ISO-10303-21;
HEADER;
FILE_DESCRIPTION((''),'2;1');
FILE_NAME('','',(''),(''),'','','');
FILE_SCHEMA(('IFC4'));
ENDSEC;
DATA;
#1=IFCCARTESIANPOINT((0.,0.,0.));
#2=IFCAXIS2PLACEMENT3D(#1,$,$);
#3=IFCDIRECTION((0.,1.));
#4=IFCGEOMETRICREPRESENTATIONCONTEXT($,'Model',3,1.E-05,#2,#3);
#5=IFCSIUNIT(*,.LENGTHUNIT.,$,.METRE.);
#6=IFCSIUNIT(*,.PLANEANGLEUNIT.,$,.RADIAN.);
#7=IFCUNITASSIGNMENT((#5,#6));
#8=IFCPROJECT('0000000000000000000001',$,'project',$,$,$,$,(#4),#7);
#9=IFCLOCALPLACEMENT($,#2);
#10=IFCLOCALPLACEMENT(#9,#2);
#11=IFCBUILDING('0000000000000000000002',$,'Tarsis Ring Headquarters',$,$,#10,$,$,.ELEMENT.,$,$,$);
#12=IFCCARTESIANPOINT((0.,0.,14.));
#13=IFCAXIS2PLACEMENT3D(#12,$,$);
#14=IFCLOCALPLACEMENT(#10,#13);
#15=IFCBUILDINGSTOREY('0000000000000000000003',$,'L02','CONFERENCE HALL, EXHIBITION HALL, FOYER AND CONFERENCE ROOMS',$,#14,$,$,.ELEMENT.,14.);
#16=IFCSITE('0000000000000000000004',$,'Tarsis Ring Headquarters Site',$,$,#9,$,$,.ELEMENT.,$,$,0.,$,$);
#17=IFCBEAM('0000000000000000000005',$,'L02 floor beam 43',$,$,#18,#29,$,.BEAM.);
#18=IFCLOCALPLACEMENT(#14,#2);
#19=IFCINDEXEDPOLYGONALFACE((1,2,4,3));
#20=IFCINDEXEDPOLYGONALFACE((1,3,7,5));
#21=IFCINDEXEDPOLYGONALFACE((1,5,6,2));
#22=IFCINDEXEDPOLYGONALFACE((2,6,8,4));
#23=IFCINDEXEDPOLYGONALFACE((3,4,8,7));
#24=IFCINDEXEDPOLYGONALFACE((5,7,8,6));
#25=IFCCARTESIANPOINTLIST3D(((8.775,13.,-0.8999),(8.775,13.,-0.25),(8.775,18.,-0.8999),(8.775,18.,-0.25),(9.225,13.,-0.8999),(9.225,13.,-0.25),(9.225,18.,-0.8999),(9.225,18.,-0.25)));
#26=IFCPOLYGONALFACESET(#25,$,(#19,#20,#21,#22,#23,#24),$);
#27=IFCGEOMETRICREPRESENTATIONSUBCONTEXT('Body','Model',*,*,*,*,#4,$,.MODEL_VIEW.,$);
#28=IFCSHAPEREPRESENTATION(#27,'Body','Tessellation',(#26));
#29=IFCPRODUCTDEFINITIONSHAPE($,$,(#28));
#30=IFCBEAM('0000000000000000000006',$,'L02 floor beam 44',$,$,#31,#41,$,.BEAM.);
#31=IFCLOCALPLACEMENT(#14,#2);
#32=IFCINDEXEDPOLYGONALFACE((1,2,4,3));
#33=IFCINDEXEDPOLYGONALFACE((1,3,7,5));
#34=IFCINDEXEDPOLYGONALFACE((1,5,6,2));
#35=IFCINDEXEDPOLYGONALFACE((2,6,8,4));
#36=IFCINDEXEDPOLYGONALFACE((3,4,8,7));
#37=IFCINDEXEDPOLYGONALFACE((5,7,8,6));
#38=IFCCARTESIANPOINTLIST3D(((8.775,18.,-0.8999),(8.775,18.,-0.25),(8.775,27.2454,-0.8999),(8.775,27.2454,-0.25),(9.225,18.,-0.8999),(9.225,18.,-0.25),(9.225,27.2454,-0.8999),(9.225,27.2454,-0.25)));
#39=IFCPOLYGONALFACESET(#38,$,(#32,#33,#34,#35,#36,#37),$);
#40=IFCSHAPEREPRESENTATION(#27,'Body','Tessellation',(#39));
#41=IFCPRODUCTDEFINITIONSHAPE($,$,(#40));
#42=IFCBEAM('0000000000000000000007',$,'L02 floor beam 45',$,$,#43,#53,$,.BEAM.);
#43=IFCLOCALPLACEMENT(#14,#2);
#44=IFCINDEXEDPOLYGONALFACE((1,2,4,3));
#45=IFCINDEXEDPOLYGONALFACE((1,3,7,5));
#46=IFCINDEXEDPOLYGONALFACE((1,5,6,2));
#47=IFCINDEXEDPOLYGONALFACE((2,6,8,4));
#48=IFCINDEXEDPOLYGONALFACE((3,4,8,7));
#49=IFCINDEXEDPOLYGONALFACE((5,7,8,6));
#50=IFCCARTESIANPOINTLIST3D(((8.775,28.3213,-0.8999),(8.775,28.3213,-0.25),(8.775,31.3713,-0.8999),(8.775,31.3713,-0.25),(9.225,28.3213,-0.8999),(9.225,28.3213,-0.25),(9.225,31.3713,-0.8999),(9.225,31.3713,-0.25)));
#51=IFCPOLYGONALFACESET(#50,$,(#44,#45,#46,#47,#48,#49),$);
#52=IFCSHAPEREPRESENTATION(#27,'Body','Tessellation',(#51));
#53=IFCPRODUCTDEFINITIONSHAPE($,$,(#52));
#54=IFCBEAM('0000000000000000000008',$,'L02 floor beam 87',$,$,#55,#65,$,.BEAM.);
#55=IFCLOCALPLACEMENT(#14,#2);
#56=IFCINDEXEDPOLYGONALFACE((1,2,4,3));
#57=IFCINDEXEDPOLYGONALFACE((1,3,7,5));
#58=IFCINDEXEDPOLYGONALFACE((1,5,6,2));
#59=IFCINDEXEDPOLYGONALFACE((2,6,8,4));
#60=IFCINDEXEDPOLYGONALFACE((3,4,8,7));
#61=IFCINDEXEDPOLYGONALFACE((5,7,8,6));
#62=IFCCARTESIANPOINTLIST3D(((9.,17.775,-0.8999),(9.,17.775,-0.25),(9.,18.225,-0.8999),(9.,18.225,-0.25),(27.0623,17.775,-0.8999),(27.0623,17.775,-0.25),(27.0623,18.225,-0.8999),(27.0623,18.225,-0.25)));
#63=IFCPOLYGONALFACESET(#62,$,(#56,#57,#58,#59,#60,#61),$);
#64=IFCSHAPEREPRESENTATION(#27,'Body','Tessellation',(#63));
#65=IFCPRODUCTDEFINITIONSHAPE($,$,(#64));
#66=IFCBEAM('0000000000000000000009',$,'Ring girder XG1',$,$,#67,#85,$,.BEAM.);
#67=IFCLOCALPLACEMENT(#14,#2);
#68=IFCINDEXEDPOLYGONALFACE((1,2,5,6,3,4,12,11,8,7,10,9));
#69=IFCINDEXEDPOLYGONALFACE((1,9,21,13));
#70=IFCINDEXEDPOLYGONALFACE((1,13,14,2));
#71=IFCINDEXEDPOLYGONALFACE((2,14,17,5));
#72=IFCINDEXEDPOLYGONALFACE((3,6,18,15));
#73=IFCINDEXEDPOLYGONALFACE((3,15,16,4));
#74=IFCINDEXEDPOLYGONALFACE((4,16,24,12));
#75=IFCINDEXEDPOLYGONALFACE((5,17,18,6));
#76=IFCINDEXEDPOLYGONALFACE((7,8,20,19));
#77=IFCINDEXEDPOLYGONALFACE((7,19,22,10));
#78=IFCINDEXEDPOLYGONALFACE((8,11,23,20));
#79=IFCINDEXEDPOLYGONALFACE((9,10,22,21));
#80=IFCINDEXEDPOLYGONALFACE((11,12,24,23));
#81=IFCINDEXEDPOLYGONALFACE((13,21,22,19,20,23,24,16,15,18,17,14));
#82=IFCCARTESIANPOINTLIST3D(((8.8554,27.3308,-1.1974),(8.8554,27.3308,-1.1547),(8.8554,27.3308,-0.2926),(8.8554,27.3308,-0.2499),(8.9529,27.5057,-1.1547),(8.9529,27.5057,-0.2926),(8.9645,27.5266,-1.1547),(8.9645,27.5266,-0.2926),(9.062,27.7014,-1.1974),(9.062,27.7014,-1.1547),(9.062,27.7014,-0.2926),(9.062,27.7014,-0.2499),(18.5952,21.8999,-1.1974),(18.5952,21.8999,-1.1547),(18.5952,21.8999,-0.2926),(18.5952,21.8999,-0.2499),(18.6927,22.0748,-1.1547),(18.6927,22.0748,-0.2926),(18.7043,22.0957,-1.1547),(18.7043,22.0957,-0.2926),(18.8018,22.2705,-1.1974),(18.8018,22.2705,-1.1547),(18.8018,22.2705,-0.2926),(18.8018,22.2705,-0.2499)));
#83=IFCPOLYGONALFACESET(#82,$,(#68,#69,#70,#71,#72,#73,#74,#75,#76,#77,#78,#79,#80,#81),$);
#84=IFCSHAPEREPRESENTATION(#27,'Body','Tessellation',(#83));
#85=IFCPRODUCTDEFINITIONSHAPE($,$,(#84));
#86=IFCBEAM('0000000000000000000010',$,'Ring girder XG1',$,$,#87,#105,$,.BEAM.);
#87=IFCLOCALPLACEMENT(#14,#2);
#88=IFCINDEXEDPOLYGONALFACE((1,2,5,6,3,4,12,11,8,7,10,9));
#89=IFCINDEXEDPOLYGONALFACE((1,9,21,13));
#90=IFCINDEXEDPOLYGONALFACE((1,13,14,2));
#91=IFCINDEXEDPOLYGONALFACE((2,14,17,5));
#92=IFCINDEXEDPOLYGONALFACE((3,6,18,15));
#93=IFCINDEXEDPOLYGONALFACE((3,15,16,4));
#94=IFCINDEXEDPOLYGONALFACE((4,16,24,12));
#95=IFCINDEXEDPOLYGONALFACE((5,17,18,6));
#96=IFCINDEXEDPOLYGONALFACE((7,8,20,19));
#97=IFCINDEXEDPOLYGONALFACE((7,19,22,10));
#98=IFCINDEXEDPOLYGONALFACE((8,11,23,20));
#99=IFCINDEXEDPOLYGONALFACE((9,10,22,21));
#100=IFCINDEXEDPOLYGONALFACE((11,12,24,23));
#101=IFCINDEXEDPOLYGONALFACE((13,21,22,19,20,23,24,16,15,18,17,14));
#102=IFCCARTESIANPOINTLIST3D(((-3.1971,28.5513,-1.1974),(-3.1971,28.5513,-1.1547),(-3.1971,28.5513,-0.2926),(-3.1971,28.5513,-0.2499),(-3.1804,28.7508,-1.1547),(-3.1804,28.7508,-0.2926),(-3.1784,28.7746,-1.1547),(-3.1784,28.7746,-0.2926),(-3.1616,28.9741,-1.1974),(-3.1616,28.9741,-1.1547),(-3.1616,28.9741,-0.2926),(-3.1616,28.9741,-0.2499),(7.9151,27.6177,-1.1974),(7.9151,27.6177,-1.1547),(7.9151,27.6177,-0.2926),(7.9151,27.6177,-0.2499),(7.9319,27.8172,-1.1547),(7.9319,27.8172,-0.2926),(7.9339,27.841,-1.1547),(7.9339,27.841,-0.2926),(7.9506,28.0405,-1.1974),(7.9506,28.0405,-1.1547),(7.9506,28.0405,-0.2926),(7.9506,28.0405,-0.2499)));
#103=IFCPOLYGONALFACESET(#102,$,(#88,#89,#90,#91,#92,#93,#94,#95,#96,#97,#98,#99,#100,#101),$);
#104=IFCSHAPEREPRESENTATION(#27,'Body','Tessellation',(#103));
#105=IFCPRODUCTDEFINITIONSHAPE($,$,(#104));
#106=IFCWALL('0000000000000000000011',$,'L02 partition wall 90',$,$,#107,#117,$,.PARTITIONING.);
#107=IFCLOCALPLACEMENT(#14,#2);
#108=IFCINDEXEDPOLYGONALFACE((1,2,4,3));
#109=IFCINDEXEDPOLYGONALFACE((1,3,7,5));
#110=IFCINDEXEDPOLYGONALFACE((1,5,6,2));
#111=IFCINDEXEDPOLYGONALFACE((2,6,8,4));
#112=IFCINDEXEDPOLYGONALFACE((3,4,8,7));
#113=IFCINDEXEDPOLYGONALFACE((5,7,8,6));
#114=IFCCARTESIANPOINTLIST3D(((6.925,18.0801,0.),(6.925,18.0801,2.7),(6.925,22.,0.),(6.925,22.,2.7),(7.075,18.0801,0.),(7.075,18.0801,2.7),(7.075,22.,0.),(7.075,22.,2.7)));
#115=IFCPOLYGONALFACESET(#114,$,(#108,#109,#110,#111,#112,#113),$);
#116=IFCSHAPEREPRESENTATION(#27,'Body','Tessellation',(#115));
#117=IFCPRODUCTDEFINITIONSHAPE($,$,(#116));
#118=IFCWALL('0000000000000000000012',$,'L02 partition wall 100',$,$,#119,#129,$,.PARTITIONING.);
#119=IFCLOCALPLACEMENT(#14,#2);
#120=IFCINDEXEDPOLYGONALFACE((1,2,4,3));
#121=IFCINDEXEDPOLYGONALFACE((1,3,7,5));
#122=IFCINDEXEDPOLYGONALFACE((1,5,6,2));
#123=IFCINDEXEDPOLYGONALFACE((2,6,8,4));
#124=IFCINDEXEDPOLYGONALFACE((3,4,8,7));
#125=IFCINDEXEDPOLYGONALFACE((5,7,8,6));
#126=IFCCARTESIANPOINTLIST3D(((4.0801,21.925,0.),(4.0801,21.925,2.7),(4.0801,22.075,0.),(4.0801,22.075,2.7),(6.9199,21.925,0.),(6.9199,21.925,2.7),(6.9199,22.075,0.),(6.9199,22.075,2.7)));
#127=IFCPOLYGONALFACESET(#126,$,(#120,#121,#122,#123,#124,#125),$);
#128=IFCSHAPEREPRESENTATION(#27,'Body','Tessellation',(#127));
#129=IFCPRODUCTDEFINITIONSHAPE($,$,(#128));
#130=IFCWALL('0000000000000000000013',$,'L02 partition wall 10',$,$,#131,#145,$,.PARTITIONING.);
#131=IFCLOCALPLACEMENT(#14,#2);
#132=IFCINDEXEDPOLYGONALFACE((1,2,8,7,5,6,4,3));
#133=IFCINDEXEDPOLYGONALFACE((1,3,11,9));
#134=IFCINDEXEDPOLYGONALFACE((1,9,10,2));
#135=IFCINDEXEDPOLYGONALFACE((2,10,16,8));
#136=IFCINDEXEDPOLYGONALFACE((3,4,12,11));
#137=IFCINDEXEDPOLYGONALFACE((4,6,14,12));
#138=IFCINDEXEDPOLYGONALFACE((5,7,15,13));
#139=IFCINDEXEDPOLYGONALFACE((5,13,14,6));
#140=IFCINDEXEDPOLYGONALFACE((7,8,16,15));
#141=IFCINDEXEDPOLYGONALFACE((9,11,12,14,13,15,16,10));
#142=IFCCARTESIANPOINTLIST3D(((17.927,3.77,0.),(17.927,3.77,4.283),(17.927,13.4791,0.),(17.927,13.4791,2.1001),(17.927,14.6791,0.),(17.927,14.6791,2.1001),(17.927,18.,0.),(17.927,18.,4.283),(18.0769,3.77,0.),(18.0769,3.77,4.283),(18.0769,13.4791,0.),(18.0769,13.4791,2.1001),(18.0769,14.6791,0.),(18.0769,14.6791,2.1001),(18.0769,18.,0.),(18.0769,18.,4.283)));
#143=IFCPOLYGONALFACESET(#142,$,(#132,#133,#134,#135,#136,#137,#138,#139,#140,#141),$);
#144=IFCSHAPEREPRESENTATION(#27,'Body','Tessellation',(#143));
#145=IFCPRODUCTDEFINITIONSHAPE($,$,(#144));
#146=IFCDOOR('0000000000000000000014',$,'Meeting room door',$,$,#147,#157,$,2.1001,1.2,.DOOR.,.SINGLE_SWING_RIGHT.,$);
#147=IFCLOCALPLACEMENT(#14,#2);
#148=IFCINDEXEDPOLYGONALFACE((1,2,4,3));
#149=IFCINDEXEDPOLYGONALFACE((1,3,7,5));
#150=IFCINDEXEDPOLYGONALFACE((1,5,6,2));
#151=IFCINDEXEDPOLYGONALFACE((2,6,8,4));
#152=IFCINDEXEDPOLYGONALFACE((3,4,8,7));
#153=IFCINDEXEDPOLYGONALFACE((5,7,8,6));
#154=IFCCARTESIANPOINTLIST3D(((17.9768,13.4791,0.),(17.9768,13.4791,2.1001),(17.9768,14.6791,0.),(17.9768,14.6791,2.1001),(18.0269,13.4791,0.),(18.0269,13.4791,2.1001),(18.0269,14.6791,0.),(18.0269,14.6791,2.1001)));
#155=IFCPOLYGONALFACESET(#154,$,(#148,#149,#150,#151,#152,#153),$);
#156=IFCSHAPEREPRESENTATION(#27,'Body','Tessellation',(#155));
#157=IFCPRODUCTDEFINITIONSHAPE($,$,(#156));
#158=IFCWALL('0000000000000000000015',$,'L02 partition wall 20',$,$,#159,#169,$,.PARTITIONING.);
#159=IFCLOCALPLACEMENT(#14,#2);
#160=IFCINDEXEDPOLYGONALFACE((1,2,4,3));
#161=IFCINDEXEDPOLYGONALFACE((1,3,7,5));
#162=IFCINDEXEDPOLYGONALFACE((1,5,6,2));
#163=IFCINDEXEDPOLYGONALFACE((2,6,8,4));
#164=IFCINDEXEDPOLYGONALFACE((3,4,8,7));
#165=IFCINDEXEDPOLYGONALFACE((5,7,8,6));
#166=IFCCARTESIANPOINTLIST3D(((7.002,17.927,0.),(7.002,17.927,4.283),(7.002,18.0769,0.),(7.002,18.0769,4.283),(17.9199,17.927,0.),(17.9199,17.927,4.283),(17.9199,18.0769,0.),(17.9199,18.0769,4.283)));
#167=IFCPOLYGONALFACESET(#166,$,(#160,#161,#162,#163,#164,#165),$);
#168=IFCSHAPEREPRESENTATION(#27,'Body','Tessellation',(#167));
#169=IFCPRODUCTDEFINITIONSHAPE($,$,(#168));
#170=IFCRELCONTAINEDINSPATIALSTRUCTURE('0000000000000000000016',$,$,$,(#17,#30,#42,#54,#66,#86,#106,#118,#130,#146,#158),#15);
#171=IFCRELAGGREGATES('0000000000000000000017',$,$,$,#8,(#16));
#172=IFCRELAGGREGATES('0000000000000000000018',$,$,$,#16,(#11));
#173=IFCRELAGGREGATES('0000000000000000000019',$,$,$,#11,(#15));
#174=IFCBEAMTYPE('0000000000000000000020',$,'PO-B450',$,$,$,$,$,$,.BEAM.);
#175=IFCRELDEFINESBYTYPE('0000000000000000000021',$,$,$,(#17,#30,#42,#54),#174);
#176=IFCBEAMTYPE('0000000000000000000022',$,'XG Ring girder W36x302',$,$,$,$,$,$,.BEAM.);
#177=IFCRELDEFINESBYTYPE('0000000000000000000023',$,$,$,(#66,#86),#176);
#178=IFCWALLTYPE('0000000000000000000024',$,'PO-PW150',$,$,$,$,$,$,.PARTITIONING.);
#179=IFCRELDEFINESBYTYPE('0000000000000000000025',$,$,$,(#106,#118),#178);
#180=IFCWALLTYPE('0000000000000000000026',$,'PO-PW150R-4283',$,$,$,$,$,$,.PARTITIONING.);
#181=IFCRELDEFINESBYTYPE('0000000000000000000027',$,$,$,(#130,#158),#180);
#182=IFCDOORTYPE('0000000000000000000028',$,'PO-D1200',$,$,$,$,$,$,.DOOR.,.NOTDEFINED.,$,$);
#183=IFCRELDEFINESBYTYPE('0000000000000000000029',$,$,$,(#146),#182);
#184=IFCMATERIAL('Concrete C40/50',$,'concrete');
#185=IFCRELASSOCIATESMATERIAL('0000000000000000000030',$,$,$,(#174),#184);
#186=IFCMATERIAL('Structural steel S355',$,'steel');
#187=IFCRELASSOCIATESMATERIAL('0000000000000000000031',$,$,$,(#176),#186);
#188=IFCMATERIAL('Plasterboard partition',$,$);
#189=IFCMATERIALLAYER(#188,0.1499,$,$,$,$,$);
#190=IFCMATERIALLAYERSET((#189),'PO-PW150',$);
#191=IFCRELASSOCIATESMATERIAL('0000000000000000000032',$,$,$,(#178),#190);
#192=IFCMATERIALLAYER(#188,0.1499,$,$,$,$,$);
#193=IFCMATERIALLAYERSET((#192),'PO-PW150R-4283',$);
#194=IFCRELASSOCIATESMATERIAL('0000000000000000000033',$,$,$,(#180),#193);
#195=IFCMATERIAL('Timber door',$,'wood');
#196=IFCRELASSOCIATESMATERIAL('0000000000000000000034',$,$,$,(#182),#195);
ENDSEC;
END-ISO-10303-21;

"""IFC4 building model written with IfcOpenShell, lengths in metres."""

from ifc_helpers import new_model, si_unit, direction, frame, frame_2d, origin, origin_2d, place, context, subcontext, project, spatial, rectangle, i_section, extrude, material, layer, layer_set, material_profile, profile_set, type_object, element, fill, save


model = new_model("IFC4")

# Units and contexts
model_context = context("Model", 3, precision=1e-05, world=origin(), true_north=direction((0.0, 1.0)))
body_context = subcontext(model_context, "Body", "Model", "MODEL_VIEW")
ifc_project = project(units=[si_unit("LENGTHUNIT", "METRE"), si_unit("PLANEANGLEUNIT", "RADIAN")], contexts=[model_context])

# Site, building, storey
site_placement = place(None, origin())
site = spatial("IfcSite", under=ifc_project, at=site_placement, Name="Tarsis Ring Headquarters Site", CompositionType="ELEMENT", RefElevation=0.0)
building_placement = place(site_placement, origin())
building = spatial("IfcBuilding", under=site, at=building_placement, Name="Tarsis Ring Headquarters", CompositionType="ELEMENT")
storey_placement = place(building_placement, frame((0.0, 0.0, 14.0)))
storey = spatial("IfcBuildingStorey", under=building, at=storey_placement, Name="L02", Description="CONFERENCE HALL, EXHIBITION HALL, FOYER AND CONFERENCE ROOMS", CompositionType="ELEMENT", Elevation=14.0)

# Beams
ifc_material_1 = material(Name="Concrete C40/50", Category="concrete")
ifc_material_profile_1 = material_profile(ifc_material_1, rectangle(XDim=0.45, YDim=0.6499, at=origin_2d()), Name="PO-B450")
ifc_profile_set_1 = profile_set([ifc_material_profile_1], Name="Concrete C40/50")
beam_type_1 = type_object("IfcBeamType", Name="PO-B450", PredefinedType="BEAM", material=ifc_profile_set_1)
beam_1_placement = place(storey_placement, frame((9.0, 13.0, -0.575), z_axis=(0.0, 1.0, 0.0), x_axis=(-1.0, 0.0, 0.0)))
element("IfcBeam", 1, at=beam_1_placement, inside=storey, type_object=beam_type_1, Name="L02 floor beam 43", PredefinedType="BEAM", context=body_context, shape_type="SweptSolid", body=[
    extrude(rectangle(XDim=0.45, YDim=0.6499, at=origin_2d()), origin(), (0.0, 0.0, 1.0), 5.0),
])
beam_2_placement = place(storey_placement, frame((9.0, 18.0, -0.575), z_axis=(0.0, 1.0, 0.0), x_axis=(-1.0, 0.0, 0.0)))
element("IfcBeam", 2, at=beam_2_placement, inside=storey, type_object=beam_type_1, Name="L02 floor beam 44", PredefinedType="BEAM", context=body_context, shape_type="SweptSolid", body=[
    extrude(rectangle(XDim=0.45, YDim=0.6499, at=origin_2d()), origin(), (0.0, 0.0, 1.0), 9.2454),
])
beam_3_placement = place(storey_placement, frame((9.0, 28.3213, -0.575), z_axis=(0.0, 1.0, 0.0), x_axis=(-1.0, 0.0, 0.0)))
element("IfcBeam", 3, at=beam_3_placement, inside=storey, type_object=beam_type_1, Name="L02 floor beam 45", PredefinedType="BEAM", context=body_context, shape_type="SweptSolid", body=[
    extrude(rectangle(XDim=0.45, YDim=0.6499, at=origin_2d()), origin(), (0.0, 0.0, 1.0), 3.05),
])
beam_4_placement = place(storey_placement, frame((9.0, 18.0, -0.575), z_axis=(1.0, 0.0, 0.0), x_axis=(0.0, 1.0, 0.0)))
element("IfcBeam", 4, at=beam_4_placement, inside=storey, type_object=beam_type_1, Name="L02 floor beam 87", PredefinedType="BEAM", context=body_context, shape_type="SweptSolid", body=[
    extrude(rectangle(XDim=0.45, YDim=0.6499, at=origin_2d()), origin(), (0.0, 0.0, 1.0), 18.0623),
])
ifc_material_2 = material(Name="Structural steel S355", Category="steel")
ifc_material_profile_2 = material_profile(ifc_material_2, i_section(OverallWidth=0.4243, OverallDepth=0.9475, WebThickness=0.0239, FlangeThickness=0.0427, at=origin_2d()), Name="W36x302")
ifc_profile_set_2 = profile_set([ifc_material_profile_2], Name="Structural steel S355")
beam_type_2 = type_object("IfcBeamType", Name="XG Ring girder W36x302", PredefinedType="BEAM", material=ifc_profile_set_2)
beam_5_placement = place(storey_placement, frame((18.6985, 22.0852, -0.7236), z_axis=(-0.873397, 0.487009, 0.0), x_axis=(-0.487009, -0.873397, 0.0)))
element("IfcBeam", 5, at=beam_5_placement, inside=storey, type_object=beam_type_2, Name="Ring girder XG1", PredefinedType="BEAM", context=body_context, shape_type="SweptSolid", body=[
    extrude(i_section(OverallWidth=0.4243, OverallDepth=0.9475, WebThickness=0.0239, FlangeThickness=0.0427, at=origin_2d()), origin(), (0.0, 0.0, 1.0), 11.1516),
])
beam_6_placement = place(storey_placement, frame((7.9329, 27.8291, -0.7236), z_axis=(-0.996489, 0.083719, 0.0), x_axis=(-0.083719, -0.996489, 0.0)))
element("IfcBeam", 6, at=beam_6_placement, inside=storey, type_object=beam_type_2, Name="Ring girder XG1", PredefinedType="BEAM", context=body_context, shape_type="SweptSolid", body=[
    extrude(i_section(OverallWidth=0.4243, OverallDepth=0.9475, WebThickness=0.0239, FlangeThickness=0.0427, at=origin_2d()), origin(), (0.0, 0.0, 1.0), 11.1514),
])

# Walls
ifc_material_3 = material(Name="Plasterboard partition")
ifc_layer_1 = layer(ifc_material_3, 0.1499)
ifc_layer_set_1 = layer_set([ifc_layer_1], Name="PO-PW150")
wall_type_1 = type_object("IfcWallType", Name="PO-PW150", PredefinedType="PARTITIONING", material=ifc_layer_set_1)
wall_1_placement = place(storey_placement, frame((7.0, 18.0801, 0.0), z_axis=(0.0, 0.0, 1.0), x_axis=(0.0, 1.0, 0.0)))
element("IfcWall", 7, at=wall_1_placement, inside=storey, type_object=wall_type_1, Name="L02 partition wall 90", PredefinedType="PARTITIONING", context=body_context, shape_type="SweptSolid", body=[
    extrude(rectangle(XDim=3.9199, YDim=0.1499, at=frame_2d((1.96, 0.0))), origin(), (0.0, 0.0, 1.0), 2.7),
])
wall_2_placement = place(storey_placement, frame((6.9199, 22.0, 0.0), z_axis=(0.0, 0.0, 1.0), x_axis=(-1.0, 0.0, 0.0)))
element("IfcWall", 8, at=wall_2_placement, inside=storey, type_object=wall_type_1, Name="L02 partition wall 100", PredefinedType="PARTITIONING", context=body_context, shape_type="SweptSolid", body=[
    extrude(rectangle(XDim=2.8398, YDim=0.1499, at=frame_2d((1.4199, 0.0))), origin(), (0.0, 0.0, 1.0), 2.7),
])

# Wall, opening, door
ifc_layer_2 = layer(ifc_material_3, 0.1499)
ifc_layer_set_2 = layer_set([ifc_layer_2], Name="PO-PW150R-4283")
wall_type_2 = type_object("IfcWallType", Name="PO-PW150R-4283", PredefinedType="PARTITIONING", material=ifc_layer_set_2)
wall_3_placement = place(storey_placement, frame((18.002, 18.0, 0.0), z_axis=(0.0, 0.0, 1.0), x_axis=(0.0, -1.0, 0.0)))
wall_3 = element("IfcWall", 9, at=wall_3_placement, inside=storey, type_object=wall_type_2, Name="L02 partition wall 10", PredefinedType="PARTITIONING", context=body_context, shape_type="SweptSolid", body=[
    extrude(rectangle(XDim=14.23, YDim=0.1499, at=frame_2d((7.115, 0.0))), origin(), (0.0, 0.0, 1.0), 4.283),
])
opening_1_placement = place(wall_3_placement, frame((3.3208, 0.0, 0.0)))
opening_1 = element("IfcOpeningElement", 10, at=opening_1_placement, cuts=wall_3, PredefinedType="OPENING", context=body_context, shape_type="SweptSolid", body=[
    extrude(rectangle(XDim=1.2, YDim=2.1001, at=frame_2d((0.6001, 1.05))), frame((0.0, 0.085, 0.0), z_axis=(0.0, -1.0, 0.0), x_axis=(1.0, 0.0, 0.0)), (0.0, 0.0, 1.0), 0.1699),
])
ifc_material_4 = material(Name="Timber door", Category="wood")
door_type = type_object("IfcDoorType", Name="PO-D1200", OperationType="NOTDEFINED", PredefinedType="DOOR", material=ifc_material_4)
door_placement = place(opening_1_placement, origin())
door = element("IfcDoor", 11, at=door_placement, inside=storey, type_object=door_type, Name="Meeting room door", OperationType="SINGLE_SWING_RIGHT", OverallHeight=2.1001, OverallWidth=1.2, PredefinedType="DOOR", context=body_context, shape_type="SweptSolid", body=[
    extrude(rectangle(XDim=1.2, YDim=2.1001, at=frame_2d((0.6001, 1.05))), frame((0.0, 0.0249, 0.0), z_axis=(0.0, -1.0, 0.0), x_axis=(1.0, 0.0, 0.0)), (0.0, 0.0, 1.0), 0.05),
])
fill(opening_1, door)

# Wall
wall_4_placement = place(storey_placement, frame((7.002, 18.002, 0.0), z_axis=(0.0, 0.0, 1.0), x_axis=(1.0, 0.0, 0.0)))
element("IfcWall", 12, at=wall_4_placement, inside=storey, type_object=wall_type_2, Name="L02 partition wall 20", PredefinedType="PARTITIONING", context=body_context, shape_type="SweptSolid", body=[
    extrude(rectangle(XDim=10.918, YDim=0.1499, at=frame_2d((5.459, 0.0))), origin(), (0.0, 0.0, 1.0), 4.283),
])

save(model, "model.ifc")
